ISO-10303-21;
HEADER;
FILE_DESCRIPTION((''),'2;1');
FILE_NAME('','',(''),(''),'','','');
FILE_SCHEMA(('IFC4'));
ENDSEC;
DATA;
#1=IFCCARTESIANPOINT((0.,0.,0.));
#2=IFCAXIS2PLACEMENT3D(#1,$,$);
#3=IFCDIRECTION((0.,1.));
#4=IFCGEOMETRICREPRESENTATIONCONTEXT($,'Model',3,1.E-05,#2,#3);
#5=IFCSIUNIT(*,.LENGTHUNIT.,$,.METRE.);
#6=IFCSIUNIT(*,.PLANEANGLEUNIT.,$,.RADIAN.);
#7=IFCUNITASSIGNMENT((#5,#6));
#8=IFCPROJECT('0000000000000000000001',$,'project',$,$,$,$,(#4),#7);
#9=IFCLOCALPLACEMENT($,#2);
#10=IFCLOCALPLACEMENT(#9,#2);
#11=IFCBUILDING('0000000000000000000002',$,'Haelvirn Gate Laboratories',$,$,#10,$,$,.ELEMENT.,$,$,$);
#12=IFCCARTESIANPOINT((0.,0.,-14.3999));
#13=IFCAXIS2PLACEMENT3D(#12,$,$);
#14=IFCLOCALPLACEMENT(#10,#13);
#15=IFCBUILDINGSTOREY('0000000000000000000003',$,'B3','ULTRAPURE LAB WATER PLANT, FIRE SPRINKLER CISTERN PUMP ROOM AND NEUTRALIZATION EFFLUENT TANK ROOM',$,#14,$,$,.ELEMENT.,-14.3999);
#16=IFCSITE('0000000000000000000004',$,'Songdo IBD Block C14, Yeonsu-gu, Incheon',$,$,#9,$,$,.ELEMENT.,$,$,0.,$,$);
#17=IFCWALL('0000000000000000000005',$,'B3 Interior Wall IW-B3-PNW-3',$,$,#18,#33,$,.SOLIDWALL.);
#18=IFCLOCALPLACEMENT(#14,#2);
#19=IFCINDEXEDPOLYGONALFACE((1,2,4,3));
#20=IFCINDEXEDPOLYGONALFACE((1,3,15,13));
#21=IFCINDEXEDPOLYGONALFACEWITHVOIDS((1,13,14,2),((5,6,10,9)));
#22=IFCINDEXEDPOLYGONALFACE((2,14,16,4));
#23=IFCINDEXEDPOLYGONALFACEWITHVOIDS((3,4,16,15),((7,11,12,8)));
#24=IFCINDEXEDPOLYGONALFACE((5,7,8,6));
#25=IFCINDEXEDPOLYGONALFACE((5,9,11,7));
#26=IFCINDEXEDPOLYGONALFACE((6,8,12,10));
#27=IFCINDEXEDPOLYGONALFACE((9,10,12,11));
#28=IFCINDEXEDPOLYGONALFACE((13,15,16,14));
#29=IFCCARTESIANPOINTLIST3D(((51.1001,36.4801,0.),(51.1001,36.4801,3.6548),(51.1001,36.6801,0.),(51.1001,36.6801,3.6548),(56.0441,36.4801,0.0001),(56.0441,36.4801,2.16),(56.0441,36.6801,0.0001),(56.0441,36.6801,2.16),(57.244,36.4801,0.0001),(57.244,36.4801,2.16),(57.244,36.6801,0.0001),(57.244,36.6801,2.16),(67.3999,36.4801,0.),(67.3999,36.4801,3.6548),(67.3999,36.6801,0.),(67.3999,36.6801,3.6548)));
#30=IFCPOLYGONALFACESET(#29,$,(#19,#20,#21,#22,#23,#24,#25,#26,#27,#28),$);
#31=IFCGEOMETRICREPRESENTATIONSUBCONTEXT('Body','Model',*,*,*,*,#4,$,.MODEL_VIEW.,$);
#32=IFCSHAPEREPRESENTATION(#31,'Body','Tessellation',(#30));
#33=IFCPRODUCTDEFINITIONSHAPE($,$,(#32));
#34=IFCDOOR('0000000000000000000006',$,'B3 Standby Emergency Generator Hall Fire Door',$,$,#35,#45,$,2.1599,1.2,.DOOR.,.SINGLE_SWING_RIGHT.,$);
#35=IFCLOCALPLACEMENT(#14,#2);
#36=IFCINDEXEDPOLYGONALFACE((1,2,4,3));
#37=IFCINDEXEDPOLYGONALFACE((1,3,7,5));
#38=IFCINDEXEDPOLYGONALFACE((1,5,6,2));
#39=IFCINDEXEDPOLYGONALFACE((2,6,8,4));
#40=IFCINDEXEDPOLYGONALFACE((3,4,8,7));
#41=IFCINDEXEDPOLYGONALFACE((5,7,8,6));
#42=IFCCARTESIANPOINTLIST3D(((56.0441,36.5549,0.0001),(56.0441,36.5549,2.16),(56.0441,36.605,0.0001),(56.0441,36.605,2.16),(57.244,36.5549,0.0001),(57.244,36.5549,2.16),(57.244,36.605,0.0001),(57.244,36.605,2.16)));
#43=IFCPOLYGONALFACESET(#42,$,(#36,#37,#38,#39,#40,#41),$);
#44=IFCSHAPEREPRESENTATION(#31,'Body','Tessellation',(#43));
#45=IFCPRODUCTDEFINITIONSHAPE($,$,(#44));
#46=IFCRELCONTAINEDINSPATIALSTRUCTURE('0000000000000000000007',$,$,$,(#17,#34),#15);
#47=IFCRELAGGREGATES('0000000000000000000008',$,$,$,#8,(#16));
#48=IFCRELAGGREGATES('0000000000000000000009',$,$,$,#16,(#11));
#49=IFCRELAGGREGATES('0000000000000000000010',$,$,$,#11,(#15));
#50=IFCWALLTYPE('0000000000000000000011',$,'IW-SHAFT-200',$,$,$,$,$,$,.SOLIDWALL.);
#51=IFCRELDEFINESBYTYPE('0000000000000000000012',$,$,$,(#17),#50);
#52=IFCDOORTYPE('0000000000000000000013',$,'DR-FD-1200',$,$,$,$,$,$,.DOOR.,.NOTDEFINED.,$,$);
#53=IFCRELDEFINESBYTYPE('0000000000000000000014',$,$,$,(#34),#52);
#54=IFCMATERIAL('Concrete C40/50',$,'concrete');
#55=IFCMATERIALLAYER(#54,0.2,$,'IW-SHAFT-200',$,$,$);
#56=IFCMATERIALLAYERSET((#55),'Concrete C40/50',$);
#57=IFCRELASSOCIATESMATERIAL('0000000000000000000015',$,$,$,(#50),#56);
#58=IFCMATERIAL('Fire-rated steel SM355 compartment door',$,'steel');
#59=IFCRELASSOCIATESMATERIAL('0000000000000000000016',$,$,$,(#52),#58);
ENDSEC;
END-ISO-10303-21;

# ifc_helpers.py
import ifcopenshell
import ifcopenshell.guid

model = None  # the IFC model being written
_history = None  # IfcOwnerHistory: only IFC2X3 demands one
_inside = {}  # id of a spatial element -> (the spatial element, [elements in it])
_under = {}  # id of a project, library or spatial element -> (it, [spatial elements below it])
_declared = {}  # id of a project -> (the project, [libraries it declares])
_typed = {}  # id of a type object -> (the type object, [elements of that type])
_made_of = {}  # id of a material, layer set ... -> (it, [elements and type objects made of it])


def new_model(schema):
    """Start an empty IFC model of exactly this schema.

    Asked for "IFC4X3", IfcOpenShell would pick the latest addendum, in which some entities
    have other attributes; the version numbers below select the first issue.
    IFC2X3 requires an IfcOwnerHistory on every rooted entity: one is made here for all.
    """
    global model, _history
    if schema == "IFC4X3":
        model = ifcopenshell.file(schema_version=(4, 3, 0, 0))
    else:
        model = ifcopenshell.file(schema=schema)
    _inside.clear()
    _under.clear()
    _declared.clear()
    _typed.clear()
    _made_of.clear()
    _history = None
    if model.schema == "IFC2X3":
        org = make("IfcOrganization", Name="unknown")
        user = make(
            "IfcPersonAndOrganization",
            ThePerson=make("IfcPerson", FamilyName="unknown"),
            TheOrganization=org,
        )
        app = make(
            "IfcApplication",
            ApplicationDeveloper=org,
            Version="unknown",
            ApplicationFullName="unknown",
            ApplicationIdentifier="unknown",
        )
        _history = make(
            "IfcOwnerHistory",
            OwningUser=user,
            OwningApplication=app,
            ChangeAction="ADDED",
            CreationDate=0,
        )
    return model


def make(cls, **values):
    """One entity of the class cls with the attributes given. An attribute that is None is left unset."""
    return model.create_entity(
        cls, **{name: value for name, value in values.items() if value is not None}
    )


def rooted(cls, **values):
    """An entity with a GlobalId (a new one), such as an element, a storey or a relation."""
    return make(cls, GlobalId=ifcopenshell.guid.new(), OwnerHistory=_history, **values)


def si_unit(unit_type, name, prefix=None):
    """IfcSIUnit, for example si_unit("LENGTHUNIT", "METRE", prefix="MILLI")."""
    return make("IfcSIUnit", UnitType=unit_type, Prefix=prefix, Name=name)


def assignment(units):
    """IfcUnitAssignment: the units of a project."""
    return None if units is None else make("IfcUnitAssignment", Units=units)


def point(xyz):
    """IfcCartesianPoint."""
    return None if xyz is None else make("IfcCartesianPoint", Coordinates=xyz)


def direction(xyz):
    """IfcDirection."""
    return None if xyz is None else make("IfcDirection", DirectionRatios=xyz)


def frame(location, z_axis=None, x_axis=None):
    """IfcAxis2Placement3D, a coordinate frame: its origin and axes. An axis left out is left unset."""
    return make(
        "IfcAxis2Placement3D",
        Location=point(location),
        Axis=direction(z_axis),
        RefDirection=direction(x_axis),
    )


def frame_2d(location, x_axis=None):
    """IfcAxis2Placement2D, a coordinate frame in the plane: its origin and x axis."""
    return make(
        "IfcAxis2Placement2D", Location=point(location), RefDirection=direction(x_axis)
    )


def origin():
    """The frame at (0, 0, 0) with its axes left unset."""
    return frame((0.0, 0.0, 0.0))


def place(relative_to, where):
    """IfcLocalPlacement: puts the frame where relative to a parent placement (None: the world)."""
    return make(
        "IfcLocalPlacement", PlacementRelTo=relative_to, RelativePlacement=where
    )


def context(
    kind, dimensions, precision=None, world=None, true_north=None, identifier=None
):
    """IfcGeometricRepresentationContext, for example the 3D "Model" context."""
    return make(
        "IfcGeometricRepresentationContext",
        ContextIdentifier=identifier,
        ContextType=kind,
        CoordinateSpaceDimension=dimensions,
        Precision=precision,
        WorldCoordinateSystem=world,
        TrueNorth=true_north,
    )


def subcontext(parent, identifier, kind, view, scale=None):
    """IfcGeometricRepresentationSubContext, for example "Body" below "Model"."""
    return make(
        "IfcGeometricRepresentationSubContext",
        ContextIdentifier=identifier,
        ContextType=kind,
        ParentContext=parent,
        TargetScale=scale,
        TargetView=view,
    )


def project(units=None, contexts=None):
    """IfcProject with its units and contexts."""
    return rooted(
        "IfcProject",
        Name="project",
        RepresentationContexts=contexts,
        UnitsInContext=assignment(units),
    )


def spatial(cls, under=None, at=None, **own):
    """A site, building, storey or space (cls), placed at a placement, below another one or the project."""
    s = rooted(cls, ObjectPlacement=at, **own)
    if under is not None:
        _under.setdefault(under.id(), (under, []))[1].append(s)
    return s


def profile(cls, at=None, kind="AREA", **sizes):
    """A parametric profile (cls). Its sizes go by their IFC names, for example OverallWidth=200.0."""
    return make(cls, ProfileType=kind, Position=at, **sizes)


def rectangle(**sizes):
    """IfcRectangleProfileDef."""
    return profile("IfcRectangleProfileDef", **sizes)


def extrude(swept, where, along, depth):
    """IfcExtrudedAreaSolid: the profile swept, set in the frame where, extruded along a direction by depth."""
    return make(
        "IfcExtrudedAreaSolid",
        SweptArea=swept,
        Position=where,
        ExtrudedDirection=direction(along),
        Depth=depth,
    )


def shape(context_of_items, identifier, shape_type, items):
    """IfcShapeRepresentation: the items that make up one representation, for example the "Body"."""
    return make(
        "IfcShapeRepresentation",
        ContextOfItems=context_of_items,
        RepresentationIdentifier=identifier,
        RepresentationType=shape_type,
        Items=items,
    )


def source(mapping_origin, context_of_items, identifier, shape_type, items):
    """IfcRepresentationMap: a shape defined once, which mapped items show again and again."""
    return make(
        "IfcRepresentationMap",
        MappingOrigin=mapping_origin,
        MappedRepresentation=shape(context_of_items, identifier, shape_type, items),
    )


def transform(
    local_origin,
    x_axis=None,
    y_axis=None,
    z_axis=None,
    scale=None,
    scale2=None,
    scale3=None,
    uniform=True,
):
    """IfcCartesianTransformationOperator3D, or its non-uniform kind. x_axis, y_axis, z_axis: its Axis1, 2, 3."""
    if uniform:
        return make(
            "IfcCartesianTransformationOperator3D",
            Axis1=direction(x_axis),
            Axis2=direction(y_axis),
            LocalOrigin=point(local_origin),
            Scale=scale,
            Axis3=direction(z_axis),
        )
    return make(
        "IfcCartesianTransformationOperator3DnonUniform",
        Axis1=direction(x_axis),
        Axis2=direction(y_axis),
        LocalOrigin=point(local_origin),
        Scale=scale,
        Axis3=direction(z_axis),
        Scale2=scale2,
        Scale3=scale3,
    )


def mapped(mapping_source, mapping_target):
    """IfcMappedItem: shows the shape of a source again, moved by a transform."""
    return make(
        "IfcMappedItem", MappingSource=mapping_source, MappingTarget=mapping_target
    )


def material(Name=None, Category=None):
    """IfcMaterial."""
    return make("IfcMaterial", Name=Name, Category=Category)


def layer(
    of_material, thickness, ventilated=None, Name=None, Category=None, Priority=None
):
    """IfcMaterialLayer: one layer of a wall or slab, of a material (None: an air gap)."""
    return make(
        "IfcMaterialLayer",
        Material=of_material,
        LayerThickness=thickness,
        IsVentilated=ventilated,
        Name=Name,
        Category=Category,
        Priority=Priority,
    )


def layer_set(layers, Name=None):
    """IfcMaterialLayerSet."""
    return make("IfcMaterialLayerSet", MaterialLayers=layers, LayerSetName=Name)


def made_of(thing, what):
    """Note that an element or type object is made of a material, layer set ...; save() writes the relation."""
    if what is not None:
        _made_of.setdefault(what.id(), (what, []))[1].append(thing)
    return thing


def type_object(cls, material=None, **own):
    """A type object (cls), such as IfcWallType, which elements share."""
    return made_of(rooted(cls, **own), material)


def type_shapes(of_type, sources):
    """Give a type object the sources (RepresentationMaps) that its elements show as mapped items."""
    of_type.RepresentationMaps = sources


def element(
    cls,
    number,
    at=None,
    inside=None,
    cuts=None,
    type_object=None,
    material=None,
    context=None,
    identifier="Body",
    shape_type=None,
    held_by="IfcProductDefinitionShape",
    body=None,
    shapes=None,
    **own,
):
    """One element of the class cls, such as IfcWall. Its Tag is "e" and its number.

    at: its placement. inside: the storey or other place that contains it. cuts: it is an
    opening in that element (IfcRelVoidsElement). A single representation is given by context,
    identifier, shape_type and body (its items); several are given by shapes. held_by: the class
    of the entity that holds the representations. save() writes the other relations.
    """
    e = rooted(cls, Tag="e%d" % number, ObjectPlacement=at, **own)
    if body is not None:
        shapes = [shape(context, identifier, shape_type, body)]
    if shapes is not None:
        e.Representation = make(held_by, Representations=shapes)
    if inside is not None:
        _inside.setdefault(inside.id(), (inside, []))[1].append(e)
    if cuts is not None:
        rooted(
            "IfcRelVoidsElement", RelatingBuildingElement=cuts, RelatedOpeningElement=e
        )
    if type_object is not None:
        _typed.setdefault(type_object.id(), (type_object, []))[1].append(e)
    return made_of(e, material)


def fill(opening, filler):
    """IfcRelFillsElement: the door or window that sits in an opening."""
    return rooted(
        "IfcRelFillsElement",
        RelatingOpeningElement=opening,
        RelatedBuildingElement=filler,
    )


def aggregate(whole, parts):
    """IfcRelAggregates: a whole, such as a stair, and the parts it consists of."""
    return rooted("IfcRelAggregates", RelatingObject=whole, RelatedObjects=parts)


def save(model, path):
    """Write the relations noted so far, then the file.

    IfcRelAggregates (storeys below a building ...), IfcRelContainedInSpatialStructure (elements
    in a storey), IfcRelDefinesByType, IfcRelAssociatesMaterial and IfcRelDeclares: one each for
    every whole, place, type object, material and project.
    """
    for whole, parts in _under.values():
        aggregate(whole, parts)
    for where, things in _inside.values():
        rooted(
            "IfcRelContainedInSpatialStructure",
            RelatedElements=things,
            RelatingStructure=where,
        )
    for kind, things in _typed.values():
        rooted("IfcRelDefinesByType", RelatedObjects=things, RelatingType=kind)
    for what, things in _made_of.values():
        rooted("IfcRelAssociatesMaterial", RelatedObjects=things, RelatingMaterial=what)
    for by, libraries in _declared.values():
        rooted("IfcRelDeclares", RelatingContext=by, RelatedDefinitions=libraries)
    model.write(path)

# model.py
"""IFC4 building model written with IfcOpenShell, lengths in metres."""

from ifc_helpers import new_model, si_unit, direction, frame, frame_2d, origin, place, context, subcontext, project, spatial, rectangle, extrude, source, transform, mapped, material, layer, layer_set, type_object, type_shapes, element, fill, save


model = new_model("IFC4")

# Units and contexts
model_context = context("Model", 3, precision=1e-05, world=origin(), true_north=direction((0.0, 1.0)))
body_context = subcontext(model_context, "Body", "Model", "MODEL_VIEW")
ifc_project = project(units=[si_unit("LENGTHUNIT", "METRE"), si_unit("PLANEANGLEUNIT", "RADIAN")], contexts=[model_context])

# Site, building, storey
site_placement = place(None, origin())
site = spatial("IfcSite", under=ifc_project, at=site_placement, Name="Songdo IBD Block C14, Yeonsu-gu, Incheon", CompositionType="ELEMENT", RefElevation=0.0)
building_placement = place(site_placement, origin())
building = spatial("IfcBuilding", under=site, at=building_placement, Name="Haelvirn Gate Laboratories", CompositionType="ELEMENT")
storey_placement = place(building_placement, frame((0.0, 0.0, -14.3999)))
storey = spatial("IfcBuildingStorey", under=building, at=storey_placement, Name="B3", Description="ULTRAPURE LAB WATER PLANT, FIRE SPRINKLER CISTERN PUMP ROOM AND NEUTRALIZATION EFFLUENT TANK ROOM", CompositionType="ELEMENT", Elevation=-14.3999)

# Shared definitions
ifc_material_1 = material(Name="Concrete C40/50", Category="concrete")
ifc_layer_1 = layer(ifc_material_1, 0.2, Name="IW-SHAFT-200")
ifc_layer_set_1 = layer_set([ifc_layer_1], Name="Concrete C40/50")
wall_type_1 = type_object("IfcWallType", Name="IW-SHAFT-200", PredefinedType="SOLIDWALL", material=ifc_layer_set_1)

# Wall, opening, door
wall_1_placement = place(storey_placement, frame((51.1001, 36.5801, 0.0), z_axis=(0.0, 0.0, 1.0), x_axis=(1.0, 0.0, 0.0)))
wall_1 = element("IfcWall", 1, at=wall_1_placement, inside=storey, type_object=wall_type_1, Name="B3 Interior Wall IW-B3-PNW-3", PredefinedType="SOLIDWALL", context=body_context, shape_type="SweptSolid", body=[
    extrude(rectangle(XDim=16.2998, YDim=0.2, at=frame_2d((8.1499, 0.0))), origin(), (0.0, 0.0, 1.0), 3.6548),
])
opening_1_placement = place(wall_1_placement, frame((4.9438, 0.0, 0.0)))
opening_1 = element("IfcOpeningElement", 2, at=opening_1_placement, cuts=wall_1, PredefinedType="OPENING", context=body_context, shape_type="SweptSolid", body=[
    extrude(rectangle(XDim=1.2, YDim=2.1599, at=frame_2d((0.6001, 1.0801))), frame((0.0, 0.1099, 0.0), z_axis=(0.0, -1.0, 0.0), x_axis=(1.0, 0.0, 0.0)), (0.0, 0.0, 1.0), 0.22),
])
ifc_material_2 = material(Name="Fire-rated steel SM355 compartment door", Category="steel")
door_type_1 = type_object("IfcDoorType", Name="DR-FD-1200", OperationType="NOTDEFINED", PredefinedType="DOOR", material=ifc_material_2)
shared_shape_1 = source(origin(), body_context, "Body", "SweptSolid", [
    extrude(rectangle(XDim=1.2, YDim=2.1599, at=frame_2d((0.6001, 1.0801))), frame((0.0, 0.0249, 0.0), z_axis=(0.0, -1.0, 0.0), x_axis=(1.0, 0.0, 0.0)), (0.0, 0.0, 1.0), 0.05),
])
type_shapes(door_type_1, [shared_shape_1])
door_1_placement = place(opening_1_placement, origin())
door_1 = element("IfcDoor", 3, at=door_1_placement, inside=storey, type_object=door_type_1, Name="B3 Standby Emergency Generator Hall Fire Door", OperationType="SINGLE_SWING_RIGHT", OverallHeight=2.1599, OverallWidth=1.2, PredefinedType="DOOR", context=body_context, shape_type="MappedRepresentation", body=[
    mapped(shared_shape_1, transform((0.0, 0.0, 0.0), scale=1.0)),
])
fill(opening_1, door_1)

save(model, "model.ifc")
